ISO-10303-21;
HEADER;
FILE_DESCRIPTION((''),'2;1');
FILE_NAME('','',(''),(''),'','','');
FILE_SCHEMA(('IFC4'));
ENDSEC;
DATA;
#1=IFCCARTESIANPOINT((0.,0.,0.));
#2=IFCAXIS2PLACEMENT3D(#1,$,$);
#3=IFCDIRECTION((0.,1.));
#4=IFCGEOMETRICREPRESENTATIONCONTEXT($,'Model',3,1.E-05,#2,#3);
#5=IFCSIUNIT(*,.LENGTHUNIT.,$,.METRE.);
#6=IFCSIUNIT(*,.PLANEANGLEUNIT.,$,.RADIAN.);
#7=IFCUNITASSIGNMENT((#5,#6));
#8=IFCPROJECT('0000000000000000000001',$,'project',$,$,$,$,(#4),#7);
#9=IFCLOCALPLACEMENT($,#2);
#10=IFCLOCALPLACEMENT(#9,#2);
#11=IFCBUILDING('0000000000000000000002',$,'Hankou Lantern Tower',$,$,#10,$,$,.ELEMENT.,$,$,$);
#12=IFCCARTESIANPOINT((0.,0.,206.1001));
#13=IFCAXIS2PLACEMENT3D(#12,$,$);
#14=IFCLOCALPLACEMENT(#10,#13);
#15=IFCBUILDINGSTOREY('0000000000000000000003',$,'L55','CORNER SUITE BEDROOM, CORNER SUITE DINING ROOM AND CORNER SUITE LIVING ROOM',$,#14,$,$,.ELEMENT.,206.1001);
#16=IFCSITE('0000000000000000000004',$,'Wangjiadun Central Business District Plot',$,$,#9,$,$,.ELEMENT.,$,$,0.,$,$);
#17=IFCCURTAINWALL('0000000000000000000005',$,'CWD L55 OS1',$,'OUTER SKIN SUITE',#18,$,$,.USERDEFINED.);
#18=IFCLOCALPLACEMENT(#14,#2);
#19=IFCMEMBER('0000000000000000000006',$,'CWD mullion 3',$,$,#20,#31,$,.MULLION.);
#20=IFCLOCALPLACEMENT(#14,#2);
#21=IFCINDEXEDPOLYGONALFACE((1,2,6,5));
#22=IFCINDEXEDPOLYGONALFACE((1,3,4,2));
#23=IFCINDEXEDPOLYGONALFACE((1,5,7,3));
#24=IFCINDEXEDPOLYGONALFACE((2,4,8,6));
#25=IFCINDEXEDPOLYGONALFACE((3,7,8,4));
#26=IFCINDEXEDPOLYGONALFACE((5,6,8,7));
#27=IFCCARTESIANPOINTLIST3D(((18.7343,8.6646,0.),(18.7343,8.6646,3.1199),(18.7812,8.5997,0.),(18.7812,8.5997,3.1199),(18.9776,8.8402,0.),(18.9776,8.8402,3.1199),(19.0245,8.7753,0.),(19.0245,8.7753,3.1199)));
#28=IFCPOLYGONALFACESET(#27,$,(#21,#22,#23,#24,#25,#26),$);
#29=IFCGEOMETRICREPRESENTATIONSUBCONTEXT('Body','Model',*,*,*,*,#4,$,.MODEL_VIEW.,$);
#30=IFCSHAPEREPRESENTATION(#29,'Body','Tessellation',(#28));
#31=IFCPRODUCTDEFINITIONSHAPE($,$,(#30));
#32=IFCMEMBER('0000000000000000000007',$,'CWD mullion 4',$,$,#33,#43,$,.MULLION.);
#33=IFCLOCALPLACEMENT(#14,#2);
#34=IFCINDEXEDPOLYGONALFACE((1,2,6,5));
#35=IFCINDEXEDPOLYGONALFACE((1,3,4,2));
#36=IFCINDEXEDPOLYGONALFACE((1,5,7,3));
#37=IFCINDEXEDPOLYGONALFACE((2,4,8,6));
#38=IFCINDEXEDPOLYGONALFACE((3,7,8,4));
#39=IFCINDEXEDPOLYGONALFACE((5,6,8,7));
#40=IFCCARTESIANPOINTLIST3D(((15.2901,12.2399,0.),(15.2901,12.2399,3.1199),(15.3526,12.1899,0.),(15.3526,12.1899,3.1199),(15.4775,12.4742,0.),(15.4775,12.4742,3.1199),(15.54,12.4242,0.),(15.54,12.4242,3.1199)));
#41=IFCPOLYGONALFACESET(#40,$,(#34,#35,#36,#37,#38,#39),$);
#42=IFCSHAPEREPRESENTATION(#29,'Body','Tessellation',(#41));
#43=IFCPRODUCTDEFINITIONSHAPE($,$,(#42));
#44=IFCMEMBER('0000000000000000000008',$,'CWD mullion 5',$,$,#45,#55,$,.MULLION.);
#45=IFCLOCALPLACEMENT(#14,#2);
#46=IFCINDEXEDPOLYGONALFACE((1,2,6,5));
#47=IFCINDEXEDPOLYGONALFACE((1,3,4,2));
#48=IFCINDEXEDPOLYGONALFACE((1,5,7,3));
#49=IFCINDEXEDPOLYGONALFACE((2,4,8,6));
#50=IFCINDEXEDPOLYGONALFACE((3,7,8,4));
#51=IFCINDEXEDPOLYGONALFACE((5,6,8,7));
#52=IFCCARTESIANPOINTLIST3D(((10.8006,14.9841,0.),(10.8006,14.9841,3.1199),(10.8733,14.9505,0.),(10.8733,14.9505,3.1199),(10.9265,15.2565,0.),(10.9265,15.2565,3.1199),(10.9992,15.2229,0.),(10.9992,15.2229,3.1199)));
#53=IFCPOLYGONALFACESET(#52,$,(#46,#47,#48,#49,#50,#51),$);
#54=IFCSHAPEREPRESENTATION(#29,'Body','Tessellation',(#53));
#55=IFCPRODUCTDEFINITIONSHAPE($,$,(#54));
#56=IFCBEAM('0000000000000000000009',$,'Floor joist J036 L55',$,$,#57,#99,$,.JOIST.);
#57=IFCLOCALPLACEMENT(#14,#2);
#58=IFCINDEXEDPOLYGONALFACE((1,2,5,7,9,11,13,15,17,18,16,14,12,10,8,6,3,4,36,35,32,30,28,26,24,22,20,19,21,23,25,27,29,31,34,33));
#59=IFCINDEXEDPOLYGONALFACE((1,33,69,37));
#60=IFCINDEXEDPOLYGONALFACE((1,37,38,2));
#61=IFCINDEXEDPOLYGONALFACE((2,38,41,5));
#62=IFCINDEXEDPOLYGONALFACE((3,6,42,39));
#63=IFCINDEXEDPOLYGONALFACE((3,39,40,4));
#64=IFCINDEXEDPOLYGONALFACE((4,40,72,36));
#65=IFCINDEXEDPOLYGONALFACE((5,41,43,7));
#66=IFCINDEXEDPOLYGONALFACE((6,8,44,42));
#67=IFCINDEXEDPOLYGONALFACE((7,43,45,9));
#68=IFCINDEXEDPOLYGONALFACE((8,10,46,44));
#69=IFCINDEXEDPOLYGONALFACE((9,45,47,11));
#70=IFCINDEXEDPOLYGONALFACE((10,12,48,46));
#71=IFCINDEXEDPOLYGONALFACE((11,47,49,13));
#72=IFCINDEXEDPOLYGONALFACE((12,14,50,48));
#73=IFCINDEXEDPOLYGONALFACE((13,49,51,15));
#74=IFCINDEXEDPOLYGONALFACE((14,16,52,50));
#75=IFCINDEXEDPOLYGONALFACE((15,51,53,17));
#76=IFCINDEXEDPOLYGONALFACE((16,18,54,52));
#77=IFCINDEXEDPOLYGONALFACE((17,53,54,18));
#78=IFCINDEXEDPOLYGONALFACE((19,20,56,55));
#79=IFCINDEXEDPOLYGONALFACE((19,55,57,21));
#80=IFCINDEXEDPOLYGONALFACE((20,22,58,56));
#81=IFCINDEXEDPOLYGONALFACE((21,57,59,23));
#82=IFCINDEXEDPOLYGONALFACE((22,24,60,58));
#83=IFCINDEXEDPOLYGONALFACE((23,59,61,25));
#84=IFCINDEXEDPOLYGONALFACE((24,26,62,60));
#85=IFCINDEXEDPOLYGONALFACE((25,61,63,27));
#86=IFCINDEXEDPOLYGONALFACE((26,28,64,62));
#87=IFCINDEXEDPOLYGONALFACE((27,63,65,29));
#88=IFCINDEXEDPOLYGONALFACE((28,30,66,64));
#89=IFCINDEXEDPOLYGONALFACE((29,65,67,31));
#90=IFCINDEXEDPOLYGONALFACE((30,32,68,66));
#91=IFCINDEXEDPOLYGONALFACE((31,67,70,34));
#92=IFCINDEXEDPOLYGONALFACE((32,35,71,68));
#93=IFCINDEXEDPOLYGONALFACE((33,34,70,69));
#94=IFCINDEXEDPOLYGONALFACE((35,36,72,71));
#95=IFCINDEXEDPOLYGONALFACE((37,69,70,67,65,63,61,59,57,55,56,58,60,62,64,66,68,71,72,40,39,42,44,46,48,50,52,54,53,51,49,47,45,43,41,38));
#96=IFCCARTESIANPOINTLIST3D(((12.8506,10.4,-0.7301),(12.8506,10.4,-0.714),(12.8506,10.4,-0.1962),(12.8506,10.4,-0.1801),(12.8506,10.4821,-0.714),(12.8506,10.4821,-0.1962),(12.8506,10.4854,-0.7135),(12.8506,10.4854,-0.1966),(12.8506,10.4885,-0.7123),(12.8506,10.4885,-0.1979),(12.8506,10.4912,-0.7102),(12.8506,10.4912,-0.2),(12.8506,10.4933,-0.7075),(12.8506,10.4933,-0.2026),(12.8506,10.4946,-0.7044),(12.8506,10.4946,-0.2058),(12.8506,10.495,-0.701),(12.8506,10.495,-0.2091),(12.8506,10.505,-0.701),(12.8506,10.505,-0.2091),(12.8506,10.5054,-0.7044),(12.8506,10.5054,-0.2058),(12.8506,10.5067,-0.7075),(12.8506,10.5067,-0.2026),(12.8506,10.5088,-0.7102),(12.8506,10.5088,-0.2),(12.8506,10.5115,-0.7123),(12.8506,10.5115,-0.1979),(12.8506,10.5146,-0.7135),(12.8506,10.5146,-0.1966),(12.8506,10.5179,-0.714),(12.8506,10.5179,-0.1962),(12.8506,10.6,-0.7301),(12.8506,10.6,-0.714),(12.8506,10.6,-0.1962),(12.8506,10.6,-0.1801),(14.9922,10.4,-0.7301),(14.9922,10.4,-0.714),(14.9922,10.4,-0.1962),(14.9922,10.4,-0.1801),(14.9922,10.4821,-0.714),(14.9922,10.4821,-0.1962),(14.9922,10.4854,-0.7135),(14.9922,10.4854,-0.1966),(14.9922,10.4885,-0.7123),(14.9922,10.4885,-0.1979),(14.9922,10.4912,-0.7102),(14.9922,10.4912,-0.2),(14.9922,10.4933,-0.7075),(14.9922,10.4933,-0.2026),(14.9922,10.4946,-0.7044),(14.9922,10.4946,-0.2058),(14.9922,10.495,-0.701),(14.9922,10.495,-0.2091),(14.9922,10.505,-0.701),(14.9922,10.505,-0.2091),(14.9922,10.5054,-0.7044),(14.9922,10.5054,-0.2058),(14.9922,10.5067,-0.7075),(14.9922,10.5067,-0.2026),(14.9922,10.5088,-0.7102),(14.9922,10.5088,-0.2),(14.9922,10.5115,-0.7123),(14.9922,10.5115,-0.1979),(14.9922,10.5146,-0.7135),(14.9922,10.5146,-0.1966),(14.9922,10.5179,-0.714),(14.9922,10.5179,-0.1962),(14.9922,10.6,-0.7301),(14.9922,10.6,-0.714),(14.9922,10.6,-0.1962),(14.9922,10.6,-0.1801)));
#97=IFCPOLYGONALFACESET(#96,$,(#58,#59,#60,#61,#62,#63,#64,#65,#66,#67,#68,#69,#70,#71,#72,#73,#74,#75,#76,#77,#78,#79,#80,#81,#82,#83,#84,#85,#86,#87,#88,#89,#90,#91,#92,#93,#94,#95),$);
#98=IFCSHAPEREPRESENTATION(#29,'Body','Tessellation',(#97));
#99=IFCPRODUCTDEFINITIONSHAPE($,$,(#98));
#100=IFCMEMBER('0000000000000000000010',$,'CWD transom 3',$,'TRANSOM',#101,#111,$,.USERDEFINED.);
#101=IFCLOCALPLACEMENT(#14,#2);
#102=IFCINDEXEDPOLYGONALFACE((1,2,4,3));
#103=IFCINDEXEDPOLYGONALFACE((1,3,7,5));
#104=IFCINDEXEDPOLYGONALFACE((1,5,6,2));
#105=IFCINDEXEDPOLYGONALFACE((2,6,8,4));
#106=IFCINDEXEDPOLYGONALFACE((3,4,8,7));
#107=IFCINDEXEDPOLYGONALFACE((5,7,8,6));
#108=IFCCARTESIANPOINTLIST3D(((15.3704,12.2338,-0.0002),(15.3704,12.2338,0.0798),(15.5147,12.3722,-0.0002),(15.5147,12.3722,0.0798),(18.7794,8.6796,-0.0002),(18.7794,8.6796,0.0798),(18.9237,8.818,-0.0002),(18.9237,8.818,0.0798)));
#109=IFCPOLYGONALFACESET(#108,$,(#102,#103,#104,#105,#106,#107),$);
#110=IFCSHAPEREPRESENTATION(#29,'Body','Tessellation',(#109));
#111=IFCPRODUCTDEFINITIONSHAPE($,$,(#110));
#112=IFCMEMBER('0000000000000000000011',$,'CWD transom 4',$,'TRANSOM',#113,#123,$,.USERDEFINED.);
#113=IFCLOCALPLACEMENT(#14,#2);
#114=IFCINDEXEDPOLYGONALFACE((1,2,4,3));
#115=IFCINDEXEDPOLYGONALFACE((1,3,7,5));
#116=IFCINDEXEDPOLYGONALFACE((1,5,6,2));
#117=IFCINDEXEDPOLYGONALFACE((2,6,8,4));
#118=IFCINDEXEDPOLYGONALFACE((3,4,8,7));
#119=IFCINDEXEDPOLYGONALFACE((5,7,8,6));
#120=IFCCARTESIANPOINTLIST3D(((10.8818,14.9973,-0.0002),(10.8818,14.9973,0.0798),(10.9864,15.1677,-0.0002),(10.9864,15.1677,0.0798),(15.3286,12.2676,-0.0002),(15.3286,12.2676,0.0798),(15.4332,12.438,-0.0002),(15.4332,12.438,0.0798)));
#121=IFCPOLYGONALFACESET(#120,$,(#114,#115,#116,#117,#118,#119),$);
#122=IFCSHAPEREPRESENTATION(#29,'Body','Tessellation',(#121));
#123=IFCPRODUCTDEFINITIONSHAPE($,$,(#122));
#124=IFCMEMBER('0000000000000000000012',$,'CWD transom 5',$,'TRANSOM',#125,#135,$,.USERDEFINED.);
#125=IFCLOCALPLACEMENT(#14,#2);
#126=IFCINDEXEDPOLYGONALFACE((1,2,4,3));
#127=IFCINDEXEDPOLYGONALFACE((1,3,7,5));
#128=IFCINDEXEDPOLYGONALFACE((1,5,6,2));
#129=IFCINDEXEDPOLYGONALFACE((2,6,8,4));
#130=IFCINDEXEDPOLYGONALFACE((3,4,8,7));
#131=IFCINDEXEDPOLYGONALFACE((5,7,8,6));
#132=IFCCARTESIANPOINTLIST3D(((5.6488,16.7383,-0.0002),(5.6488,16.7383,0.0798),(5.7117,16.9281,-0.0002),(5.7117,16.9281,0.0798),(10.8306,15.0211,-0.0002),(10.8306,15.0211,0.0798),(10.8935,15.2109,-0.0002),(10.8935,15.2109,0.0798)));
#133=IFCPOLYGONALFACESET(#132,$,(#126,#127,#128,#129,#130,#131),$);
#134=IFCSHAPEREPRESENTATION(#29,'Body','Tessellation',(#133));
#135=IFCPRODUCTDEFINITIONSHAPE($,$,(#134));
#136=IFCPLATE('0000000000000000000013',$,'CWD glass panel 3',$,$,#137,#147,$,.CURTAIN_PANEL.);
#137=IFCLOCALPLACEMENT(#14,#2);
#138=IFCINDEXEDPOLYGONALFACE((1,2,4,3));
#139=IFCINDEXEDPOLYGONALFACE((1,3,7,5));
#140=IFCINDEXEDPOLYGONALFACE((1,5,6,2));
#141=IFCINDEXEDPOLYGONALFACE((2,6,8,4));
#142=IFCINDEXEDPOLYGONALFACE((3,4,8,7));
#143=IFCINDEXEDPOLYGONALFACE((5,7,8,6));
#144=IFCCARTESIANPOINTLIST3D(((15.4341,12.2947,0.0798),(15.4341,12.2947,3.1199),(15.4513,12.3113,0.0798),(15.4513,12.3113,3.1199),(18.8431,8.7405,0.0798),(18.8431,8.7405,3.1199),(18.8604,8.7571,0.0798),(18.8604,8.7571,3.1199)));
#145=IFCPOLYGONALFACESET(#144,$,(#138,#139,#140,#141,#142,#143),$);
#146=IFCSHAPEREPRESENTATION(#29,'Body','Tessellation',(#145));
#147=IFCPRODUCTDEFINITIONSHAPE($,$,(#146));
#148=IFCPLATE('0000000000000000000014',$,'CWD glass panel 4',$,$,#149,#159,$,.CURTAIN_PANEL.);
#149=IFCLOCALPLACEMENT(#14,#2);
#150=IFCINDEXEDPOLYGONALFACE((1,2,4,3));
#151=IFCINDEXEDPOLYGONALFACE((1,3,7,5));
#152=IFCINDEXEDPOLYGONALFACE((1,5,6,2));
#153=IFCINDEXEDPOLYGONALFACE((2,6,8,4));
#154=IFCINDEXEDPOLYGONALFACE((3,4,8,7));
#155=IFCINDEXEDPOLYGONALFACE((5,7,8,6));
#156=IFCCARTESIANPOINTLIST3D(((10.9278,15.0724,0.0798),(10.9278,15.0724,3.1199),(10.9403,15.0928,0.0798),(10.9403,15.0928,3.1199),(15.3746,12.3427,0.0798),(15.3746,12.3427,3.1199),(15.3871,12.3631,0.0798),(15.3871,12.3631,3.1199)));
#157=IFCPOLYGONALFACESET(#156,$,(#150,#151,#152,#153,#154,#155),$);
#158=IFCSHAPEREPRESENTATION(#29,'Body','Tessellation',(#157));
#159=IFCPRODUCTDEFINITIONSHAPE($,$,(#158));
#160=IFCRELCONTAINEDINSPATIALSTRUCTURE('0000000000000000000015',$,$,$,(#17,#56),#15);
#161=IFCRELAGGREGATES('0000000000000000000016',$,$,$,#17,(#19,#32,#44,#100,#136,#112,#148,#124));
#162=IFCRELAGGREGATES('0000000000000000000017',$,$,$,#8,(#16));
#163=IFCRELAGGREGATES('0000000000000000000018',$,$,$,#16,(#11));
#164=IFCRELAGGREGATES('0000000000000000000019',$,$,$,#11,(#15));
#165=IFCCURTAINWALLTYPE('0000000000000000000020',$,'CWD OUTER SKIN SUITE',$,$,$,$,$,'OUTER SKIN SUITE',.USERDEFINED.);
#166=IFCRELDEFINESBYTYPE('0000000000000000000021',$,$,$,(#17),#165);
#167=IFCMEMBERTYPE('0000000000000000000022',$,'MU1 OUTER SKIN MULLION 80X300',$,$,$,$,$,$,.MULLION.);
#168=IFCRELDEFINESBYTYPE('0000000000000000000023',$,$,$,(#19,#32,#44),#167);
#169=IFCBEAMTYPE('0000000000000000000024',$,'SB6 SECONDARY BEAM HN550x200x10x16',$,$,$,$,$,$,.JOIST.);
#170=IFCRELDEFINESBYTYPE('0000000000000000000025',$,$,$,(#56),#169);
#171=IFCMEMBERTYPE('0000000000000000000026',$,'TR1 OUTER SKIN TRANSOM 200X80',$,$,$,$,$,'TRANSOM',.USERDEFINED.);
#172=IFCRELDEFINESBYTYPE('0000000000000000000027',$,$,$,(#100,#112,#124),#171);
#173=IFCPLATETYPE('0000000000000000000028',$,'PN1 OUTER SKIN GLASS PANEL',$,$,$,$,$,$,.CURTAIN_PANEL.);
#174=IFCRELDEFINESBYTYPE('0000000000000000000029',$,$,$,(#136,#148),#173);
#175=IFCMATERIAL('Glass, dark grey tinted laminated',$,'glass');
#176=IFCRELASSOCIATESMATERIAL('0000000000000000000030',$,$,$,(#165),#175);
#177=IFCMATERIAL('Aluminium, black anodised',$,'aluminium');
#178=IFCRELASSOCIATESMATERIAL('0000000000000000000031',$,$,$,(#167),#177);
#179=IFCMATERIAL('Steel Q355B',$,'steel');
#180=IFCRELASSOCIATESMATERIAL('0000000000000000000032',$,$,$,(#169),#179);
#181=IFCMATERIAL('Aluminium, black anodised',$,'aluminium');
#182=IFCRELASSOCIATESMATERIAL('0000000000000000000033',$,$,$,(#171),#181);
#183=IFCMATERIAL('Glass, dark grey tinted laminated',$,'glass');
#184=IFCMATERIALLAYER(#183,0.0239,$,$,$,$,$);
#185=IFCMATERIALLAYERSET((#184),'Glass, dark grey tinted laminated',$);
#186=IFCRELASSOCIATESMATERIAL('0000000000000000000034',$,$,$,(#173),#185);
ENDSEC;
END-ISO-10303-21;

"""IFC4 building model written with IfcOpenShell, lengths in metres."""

from ifc_helpers import new_model, si_unit, direction, frame, origin, origin_2d, place, context, subcontext, project, spatial, rectangle, i_section, extrude, material, layer, layer_set, material_profile, profile_set, type_object, element, aggregate, save


model = new_model("IFC4")

# Units and contexts
model_context = context("Model", 3, precision=1e-05, world=origin(), true_north=direction((0.0, 1.0)))
body_context = subcontext(model_context, "Body", "Model", "MODEL_VIEW")
ifc_project = project(units=[si_unit("LENGTHUNIT", "METRE"), si_unit("PLANEANGLEUNIT", "RADIAN")], contexts=[model_context])

# Site, building, storey
site_placement = place(None, origin())
site = spatial("IfcSite", under=ifc_project, at=site_placement, Name="Wangjiadun Central Business District Plot", CompositionType="ELEMENT", RefElevation=0.0)
building_placement = place(site_placement, origin())
building = spatial("IfcBuilding", under=site, at=building_placement, Name="Hankou Lantern Tower", CompositionType="ELEMENT")
storey_placement = place(building_placement, frame((0.0, 0.0, 206.1001)))
storey = spatial("IfcBuildingStorey", under=building, at=storey_placement, Name="L55", Description="CORNER SUITE BEDROOM, CORNER SUITE DINING ROOM AND CORNER SUITE LIVING ROOM", CompositionType="ELEMENT", Elevation=206.1001)

# Curtain wall, members
ifc_material_1 = material(Name="Glass, dark grey tinted laminated", Category="glass")
curtain_wall_type = type_object("IfcCurtainWallType", Name="CWD OUTER SKIN SUITE", ElementType="OUTER SKIN SUITE", PredefinedType="USERDEFINED", material=ifc_material_1)
curtain_wall_placement = place(storey_placement, origin())
curtain_wall = element("IfcCurtainWall", 1, at=curtain_wall_placement, inside=storey, type_object=curtain_wall_type, Name="CWD L55 OS1", ObjectType="OUTER SKIN SUITE", PredefinedType="USERDEFINED")
ifc_material_2 = material(Name="Aluminium, black anodised", Category="aluminium")
ifc_material_profile_1 = material_profile(ifc_material_2, rectangle(XDim=0.0801, YDim=0.3, at=origin_2d()), Name="MU1 80X300")
ifc_profile_set_1 = profile_set([ifc_material_profile_1], Name="Aluminium, black anodised")
member_type_1 = type_object("IfcMemberType", Name="MU1 OUTER SKIN MULLION 80X300", PredefinedType="MULLION", material=ifc_profile_set_1)
member_1_placement = place(storey_placement, frame((18.8794, 8.72, 0.0), z_axis=(0.0, 0.0, 1.0), x_axis=(-0.585206, 0.810885, 0.0)))
member_1 = element("IfcMember", 2, at=member_1_placement, type_object=member_type_1, Name="CWD mullion 3", PredefinedType="MULLION", context=body_context, shape_type="SweptSolid", body=[
    extrude(rectangle(XDim=0.0801, YDim=0.3, at=origin_2d()), origin(), (0.0, 0.0, 1.0), 3.1199),
])
member_2_placement = place(storey_placement, frame((15.415, 12.332, 0.0), z_axis=(0.0, 0.0, 1.0), x_axis=(-0.780869, 0.624695, 0.0)))
member_2 = element("IfcMember", 3, at=member_2_placement, type_object=member_type_1, Name="CWD mullion 4", PredefinedType="MULLION", context=body_context, shape_type="SweptSolid", body=[
    extrude(rectangle(XDim=0.0801, YDim=0.3, at=origin_2d()), origin(), (0.0, 0.0, 1.0), 3.1199),
])
member_3_placement = place(storey_placement, frame((10.8999, 15.1035, 0.0), z_axis=(0.0, 0.0, 1.0), x_axis=(-0.907841, 0.419314, 0.0)))
member_3 = element("IfcMember", 4, at=member_3_placement, type_object=member_type_1, Name="CWD mullion 5", PredefinedType="MULLION", context=body_context, shape_type="SweptSolid", body=[
    extrude(rectangle(XDim=0.0801, YDim=0.3, at=origin_2d()), origin(), (0.0, 0.0, 1.0), 3.1199),
])

# Beam
ifc_material_3 = material(Name="Steel Q355B", Category="steel")
ifc_material_profile_2 = material_profile(ifc_material_3, i_section(OverallWidth=0.2, OverallDepth=0.55, WebThickness=0.01, FlangeThickness=0.0161, FilletRadius=0.0129, at=origin_2d()), Name="HN550x200x10x16")
ifc_profile_set_2 = profile_set([ifc_material_profile_2], Name="Steel Q355B")
beam_type_1 = type_object("IfcBeamType", Name="SB6 SECONDARY BEAM HN550x200x10x16", PredefinedType="JOIST", material=ifc_profile_set_2)
beam_1_placement = place(storey_placement, frame((12.8506, 10.5, -0.4551), z_axis=(1.0, 0.0, 0.0), x_axis=(0.0, 1.0, 0.0)))
element("IfcBeam", 5, at=beam_1_placement, inside=storey, type_object=beam_type_1, Name="Floor joist J036 L55", PredefinedType="JOIST", context=body_context, shape_type="SweptSolid", body=[
    extrude(i_section(OverallWidth=0.2, OverallDepth=0.55, WebThickness=0.01, FlangeThickness=0.0161, FilletRadius=0.0129, at=origin_2d()), origin(), (0.0, 0.0, 1.0), 2.1416),
])

# Members
ifc_material_4 = material(Name="Aluminium, black anodised", Category="aluminium")
ifc_material_profile_3 = material_profile(ifc_material_4, rectangle(XDim=0.2, YDim=0.0801, at=origin_2d()), Name="TR1 200X80")
ifc_profile_set_3 = profile_set([ifc_material_profile_3], Name="Aluminium, black anodised")
member_type_2 = type_object("IfcMemberType", Name="TR1 OUTER SKIN TRANSOM 200X80", ElementType="TRANSOM", PredefinedType="USERDEFINED", material=ifc_profile_set_3)
member_4_placement = place(storey_placement, frame((18.8516, 8.7488, 0.0398), z_axis=(-0.692205, 0.721701, 0.0), x_axis=(-0.721701, -0.692205, 0.0)))
member_4 = element("IfcMember", 6, at=member_4_placement, type_object=member_type_2, Name="CWD transom 3", ObjectType="TRANSOM", PredefinedType="USERDEFINED", context=body_context, shape_type="SweptSolid", body=[
    extrude(rectangle(XDim=0.2, YDim=0.0801, at=origin_2d()), origin(), (0.0, 0.0, 1.0), 4.9248),
])
member_5_placement = place(storey_placement, frame((15.3809, 12.3528, 0.0398), z_axis=(-0.852235, 0.52316, 0.0), x_axis=(-0.52316, -0.852235, 0.0)))
member_5 = element("IfcMember", 7, at=member_5_placement, type_object=member_type_2, Name="CWD transom 4", ObjectType="TRANSOM", PredefinedType="USERDEFINED", context=body_context, shape_type="SweptSolid", body=[
    extrude(rectangle(XDim=0.2, YDim=0.0801, at=origin_2d()), origin(), (0.0, 0.0, 1.0), 5.2178),
])
member_6_placement = place(storey_placement, frame((10.8621, 15.116, 0.0398), z_axis=(-0.949232, 0.314577, 0.0), x_axis=(-0.314577, -0.949232, 0.0)))
member_6 = element("IfcMember", 8, at=member_6_placement, type_object=member_type_2, Name="CWD transom 5", ObjectType="TRANSOM", PredefinedType="USERDEFINED", context=body_context, shape_type="SweptSolid", body=[
    extrude(rectangle(XDim=0.2, YDim=0.0801, at=origin_2d()), origin(), (0.0, 0.0, 1.0), 5.459),
])

# Plates
ifc_material_5 = material(Name="Glass, dark grey tinted laminated", Category="glass")
ifc_layer_1 = layer(ifc_material_5, 0.0239)
ifc_layer_set_1 = layer_set([ifc_layer_1], Name="Glass, dark grey tinted laminated")
plate_type = type_object("IfcPlateType", Name="PN1 OUTER SKIN GLASS PANEL", PredefinedType="CURTAIN_PANEL", material=ifc_layer_set_1)
plate_1_placement = place(storey_placement, frame((17.1472, 10.5259, 0.0798), z_axis=(0.0, 0.0, 1.0), x_axis=(-0.692216, 0.721691, 0.0)))
plate_1 = element("IfcPlate", 9, at=plate_1_placement, type_object=plate_type, Name="CWD glass panel 3", PredefinedType="CURTAIN_PANEL", context=body_context, shape_type="SweptSolid", body=[
    extrude(rectangle(XDim=4.9248, YDim=0.0239, at=origin_2d()), origin(), (0.0, 0.0, 1.0), 3.04),
])
plate_2_placement = place(storey_placement, frame((13.1575, 13.7178, 0.0798), z_axis=(0.0, 0.0, 1.0), x_axis=(-0.852237, 0.523156, 0.0)))
plate_2 = element("IfcPlate", 10, at=plate_2_placement, type_object=plate_type, Name="CWD glass panel 4", PredefinedType="CURTAIN_PANEL", context=body_context, shape_type="SweptSolid", body=[
    extrude(rectangle(XDim=5.2178, YDim=0.0239, at=origin_2d()), origin(), (0.0, 0.0, 1.0), 3.04),
])
aggregate(curtain_wall, [member_1, member_2, member_3, member_4, plate_1, member_5, plate_2, member_6])

save(model, "model.ifc")
